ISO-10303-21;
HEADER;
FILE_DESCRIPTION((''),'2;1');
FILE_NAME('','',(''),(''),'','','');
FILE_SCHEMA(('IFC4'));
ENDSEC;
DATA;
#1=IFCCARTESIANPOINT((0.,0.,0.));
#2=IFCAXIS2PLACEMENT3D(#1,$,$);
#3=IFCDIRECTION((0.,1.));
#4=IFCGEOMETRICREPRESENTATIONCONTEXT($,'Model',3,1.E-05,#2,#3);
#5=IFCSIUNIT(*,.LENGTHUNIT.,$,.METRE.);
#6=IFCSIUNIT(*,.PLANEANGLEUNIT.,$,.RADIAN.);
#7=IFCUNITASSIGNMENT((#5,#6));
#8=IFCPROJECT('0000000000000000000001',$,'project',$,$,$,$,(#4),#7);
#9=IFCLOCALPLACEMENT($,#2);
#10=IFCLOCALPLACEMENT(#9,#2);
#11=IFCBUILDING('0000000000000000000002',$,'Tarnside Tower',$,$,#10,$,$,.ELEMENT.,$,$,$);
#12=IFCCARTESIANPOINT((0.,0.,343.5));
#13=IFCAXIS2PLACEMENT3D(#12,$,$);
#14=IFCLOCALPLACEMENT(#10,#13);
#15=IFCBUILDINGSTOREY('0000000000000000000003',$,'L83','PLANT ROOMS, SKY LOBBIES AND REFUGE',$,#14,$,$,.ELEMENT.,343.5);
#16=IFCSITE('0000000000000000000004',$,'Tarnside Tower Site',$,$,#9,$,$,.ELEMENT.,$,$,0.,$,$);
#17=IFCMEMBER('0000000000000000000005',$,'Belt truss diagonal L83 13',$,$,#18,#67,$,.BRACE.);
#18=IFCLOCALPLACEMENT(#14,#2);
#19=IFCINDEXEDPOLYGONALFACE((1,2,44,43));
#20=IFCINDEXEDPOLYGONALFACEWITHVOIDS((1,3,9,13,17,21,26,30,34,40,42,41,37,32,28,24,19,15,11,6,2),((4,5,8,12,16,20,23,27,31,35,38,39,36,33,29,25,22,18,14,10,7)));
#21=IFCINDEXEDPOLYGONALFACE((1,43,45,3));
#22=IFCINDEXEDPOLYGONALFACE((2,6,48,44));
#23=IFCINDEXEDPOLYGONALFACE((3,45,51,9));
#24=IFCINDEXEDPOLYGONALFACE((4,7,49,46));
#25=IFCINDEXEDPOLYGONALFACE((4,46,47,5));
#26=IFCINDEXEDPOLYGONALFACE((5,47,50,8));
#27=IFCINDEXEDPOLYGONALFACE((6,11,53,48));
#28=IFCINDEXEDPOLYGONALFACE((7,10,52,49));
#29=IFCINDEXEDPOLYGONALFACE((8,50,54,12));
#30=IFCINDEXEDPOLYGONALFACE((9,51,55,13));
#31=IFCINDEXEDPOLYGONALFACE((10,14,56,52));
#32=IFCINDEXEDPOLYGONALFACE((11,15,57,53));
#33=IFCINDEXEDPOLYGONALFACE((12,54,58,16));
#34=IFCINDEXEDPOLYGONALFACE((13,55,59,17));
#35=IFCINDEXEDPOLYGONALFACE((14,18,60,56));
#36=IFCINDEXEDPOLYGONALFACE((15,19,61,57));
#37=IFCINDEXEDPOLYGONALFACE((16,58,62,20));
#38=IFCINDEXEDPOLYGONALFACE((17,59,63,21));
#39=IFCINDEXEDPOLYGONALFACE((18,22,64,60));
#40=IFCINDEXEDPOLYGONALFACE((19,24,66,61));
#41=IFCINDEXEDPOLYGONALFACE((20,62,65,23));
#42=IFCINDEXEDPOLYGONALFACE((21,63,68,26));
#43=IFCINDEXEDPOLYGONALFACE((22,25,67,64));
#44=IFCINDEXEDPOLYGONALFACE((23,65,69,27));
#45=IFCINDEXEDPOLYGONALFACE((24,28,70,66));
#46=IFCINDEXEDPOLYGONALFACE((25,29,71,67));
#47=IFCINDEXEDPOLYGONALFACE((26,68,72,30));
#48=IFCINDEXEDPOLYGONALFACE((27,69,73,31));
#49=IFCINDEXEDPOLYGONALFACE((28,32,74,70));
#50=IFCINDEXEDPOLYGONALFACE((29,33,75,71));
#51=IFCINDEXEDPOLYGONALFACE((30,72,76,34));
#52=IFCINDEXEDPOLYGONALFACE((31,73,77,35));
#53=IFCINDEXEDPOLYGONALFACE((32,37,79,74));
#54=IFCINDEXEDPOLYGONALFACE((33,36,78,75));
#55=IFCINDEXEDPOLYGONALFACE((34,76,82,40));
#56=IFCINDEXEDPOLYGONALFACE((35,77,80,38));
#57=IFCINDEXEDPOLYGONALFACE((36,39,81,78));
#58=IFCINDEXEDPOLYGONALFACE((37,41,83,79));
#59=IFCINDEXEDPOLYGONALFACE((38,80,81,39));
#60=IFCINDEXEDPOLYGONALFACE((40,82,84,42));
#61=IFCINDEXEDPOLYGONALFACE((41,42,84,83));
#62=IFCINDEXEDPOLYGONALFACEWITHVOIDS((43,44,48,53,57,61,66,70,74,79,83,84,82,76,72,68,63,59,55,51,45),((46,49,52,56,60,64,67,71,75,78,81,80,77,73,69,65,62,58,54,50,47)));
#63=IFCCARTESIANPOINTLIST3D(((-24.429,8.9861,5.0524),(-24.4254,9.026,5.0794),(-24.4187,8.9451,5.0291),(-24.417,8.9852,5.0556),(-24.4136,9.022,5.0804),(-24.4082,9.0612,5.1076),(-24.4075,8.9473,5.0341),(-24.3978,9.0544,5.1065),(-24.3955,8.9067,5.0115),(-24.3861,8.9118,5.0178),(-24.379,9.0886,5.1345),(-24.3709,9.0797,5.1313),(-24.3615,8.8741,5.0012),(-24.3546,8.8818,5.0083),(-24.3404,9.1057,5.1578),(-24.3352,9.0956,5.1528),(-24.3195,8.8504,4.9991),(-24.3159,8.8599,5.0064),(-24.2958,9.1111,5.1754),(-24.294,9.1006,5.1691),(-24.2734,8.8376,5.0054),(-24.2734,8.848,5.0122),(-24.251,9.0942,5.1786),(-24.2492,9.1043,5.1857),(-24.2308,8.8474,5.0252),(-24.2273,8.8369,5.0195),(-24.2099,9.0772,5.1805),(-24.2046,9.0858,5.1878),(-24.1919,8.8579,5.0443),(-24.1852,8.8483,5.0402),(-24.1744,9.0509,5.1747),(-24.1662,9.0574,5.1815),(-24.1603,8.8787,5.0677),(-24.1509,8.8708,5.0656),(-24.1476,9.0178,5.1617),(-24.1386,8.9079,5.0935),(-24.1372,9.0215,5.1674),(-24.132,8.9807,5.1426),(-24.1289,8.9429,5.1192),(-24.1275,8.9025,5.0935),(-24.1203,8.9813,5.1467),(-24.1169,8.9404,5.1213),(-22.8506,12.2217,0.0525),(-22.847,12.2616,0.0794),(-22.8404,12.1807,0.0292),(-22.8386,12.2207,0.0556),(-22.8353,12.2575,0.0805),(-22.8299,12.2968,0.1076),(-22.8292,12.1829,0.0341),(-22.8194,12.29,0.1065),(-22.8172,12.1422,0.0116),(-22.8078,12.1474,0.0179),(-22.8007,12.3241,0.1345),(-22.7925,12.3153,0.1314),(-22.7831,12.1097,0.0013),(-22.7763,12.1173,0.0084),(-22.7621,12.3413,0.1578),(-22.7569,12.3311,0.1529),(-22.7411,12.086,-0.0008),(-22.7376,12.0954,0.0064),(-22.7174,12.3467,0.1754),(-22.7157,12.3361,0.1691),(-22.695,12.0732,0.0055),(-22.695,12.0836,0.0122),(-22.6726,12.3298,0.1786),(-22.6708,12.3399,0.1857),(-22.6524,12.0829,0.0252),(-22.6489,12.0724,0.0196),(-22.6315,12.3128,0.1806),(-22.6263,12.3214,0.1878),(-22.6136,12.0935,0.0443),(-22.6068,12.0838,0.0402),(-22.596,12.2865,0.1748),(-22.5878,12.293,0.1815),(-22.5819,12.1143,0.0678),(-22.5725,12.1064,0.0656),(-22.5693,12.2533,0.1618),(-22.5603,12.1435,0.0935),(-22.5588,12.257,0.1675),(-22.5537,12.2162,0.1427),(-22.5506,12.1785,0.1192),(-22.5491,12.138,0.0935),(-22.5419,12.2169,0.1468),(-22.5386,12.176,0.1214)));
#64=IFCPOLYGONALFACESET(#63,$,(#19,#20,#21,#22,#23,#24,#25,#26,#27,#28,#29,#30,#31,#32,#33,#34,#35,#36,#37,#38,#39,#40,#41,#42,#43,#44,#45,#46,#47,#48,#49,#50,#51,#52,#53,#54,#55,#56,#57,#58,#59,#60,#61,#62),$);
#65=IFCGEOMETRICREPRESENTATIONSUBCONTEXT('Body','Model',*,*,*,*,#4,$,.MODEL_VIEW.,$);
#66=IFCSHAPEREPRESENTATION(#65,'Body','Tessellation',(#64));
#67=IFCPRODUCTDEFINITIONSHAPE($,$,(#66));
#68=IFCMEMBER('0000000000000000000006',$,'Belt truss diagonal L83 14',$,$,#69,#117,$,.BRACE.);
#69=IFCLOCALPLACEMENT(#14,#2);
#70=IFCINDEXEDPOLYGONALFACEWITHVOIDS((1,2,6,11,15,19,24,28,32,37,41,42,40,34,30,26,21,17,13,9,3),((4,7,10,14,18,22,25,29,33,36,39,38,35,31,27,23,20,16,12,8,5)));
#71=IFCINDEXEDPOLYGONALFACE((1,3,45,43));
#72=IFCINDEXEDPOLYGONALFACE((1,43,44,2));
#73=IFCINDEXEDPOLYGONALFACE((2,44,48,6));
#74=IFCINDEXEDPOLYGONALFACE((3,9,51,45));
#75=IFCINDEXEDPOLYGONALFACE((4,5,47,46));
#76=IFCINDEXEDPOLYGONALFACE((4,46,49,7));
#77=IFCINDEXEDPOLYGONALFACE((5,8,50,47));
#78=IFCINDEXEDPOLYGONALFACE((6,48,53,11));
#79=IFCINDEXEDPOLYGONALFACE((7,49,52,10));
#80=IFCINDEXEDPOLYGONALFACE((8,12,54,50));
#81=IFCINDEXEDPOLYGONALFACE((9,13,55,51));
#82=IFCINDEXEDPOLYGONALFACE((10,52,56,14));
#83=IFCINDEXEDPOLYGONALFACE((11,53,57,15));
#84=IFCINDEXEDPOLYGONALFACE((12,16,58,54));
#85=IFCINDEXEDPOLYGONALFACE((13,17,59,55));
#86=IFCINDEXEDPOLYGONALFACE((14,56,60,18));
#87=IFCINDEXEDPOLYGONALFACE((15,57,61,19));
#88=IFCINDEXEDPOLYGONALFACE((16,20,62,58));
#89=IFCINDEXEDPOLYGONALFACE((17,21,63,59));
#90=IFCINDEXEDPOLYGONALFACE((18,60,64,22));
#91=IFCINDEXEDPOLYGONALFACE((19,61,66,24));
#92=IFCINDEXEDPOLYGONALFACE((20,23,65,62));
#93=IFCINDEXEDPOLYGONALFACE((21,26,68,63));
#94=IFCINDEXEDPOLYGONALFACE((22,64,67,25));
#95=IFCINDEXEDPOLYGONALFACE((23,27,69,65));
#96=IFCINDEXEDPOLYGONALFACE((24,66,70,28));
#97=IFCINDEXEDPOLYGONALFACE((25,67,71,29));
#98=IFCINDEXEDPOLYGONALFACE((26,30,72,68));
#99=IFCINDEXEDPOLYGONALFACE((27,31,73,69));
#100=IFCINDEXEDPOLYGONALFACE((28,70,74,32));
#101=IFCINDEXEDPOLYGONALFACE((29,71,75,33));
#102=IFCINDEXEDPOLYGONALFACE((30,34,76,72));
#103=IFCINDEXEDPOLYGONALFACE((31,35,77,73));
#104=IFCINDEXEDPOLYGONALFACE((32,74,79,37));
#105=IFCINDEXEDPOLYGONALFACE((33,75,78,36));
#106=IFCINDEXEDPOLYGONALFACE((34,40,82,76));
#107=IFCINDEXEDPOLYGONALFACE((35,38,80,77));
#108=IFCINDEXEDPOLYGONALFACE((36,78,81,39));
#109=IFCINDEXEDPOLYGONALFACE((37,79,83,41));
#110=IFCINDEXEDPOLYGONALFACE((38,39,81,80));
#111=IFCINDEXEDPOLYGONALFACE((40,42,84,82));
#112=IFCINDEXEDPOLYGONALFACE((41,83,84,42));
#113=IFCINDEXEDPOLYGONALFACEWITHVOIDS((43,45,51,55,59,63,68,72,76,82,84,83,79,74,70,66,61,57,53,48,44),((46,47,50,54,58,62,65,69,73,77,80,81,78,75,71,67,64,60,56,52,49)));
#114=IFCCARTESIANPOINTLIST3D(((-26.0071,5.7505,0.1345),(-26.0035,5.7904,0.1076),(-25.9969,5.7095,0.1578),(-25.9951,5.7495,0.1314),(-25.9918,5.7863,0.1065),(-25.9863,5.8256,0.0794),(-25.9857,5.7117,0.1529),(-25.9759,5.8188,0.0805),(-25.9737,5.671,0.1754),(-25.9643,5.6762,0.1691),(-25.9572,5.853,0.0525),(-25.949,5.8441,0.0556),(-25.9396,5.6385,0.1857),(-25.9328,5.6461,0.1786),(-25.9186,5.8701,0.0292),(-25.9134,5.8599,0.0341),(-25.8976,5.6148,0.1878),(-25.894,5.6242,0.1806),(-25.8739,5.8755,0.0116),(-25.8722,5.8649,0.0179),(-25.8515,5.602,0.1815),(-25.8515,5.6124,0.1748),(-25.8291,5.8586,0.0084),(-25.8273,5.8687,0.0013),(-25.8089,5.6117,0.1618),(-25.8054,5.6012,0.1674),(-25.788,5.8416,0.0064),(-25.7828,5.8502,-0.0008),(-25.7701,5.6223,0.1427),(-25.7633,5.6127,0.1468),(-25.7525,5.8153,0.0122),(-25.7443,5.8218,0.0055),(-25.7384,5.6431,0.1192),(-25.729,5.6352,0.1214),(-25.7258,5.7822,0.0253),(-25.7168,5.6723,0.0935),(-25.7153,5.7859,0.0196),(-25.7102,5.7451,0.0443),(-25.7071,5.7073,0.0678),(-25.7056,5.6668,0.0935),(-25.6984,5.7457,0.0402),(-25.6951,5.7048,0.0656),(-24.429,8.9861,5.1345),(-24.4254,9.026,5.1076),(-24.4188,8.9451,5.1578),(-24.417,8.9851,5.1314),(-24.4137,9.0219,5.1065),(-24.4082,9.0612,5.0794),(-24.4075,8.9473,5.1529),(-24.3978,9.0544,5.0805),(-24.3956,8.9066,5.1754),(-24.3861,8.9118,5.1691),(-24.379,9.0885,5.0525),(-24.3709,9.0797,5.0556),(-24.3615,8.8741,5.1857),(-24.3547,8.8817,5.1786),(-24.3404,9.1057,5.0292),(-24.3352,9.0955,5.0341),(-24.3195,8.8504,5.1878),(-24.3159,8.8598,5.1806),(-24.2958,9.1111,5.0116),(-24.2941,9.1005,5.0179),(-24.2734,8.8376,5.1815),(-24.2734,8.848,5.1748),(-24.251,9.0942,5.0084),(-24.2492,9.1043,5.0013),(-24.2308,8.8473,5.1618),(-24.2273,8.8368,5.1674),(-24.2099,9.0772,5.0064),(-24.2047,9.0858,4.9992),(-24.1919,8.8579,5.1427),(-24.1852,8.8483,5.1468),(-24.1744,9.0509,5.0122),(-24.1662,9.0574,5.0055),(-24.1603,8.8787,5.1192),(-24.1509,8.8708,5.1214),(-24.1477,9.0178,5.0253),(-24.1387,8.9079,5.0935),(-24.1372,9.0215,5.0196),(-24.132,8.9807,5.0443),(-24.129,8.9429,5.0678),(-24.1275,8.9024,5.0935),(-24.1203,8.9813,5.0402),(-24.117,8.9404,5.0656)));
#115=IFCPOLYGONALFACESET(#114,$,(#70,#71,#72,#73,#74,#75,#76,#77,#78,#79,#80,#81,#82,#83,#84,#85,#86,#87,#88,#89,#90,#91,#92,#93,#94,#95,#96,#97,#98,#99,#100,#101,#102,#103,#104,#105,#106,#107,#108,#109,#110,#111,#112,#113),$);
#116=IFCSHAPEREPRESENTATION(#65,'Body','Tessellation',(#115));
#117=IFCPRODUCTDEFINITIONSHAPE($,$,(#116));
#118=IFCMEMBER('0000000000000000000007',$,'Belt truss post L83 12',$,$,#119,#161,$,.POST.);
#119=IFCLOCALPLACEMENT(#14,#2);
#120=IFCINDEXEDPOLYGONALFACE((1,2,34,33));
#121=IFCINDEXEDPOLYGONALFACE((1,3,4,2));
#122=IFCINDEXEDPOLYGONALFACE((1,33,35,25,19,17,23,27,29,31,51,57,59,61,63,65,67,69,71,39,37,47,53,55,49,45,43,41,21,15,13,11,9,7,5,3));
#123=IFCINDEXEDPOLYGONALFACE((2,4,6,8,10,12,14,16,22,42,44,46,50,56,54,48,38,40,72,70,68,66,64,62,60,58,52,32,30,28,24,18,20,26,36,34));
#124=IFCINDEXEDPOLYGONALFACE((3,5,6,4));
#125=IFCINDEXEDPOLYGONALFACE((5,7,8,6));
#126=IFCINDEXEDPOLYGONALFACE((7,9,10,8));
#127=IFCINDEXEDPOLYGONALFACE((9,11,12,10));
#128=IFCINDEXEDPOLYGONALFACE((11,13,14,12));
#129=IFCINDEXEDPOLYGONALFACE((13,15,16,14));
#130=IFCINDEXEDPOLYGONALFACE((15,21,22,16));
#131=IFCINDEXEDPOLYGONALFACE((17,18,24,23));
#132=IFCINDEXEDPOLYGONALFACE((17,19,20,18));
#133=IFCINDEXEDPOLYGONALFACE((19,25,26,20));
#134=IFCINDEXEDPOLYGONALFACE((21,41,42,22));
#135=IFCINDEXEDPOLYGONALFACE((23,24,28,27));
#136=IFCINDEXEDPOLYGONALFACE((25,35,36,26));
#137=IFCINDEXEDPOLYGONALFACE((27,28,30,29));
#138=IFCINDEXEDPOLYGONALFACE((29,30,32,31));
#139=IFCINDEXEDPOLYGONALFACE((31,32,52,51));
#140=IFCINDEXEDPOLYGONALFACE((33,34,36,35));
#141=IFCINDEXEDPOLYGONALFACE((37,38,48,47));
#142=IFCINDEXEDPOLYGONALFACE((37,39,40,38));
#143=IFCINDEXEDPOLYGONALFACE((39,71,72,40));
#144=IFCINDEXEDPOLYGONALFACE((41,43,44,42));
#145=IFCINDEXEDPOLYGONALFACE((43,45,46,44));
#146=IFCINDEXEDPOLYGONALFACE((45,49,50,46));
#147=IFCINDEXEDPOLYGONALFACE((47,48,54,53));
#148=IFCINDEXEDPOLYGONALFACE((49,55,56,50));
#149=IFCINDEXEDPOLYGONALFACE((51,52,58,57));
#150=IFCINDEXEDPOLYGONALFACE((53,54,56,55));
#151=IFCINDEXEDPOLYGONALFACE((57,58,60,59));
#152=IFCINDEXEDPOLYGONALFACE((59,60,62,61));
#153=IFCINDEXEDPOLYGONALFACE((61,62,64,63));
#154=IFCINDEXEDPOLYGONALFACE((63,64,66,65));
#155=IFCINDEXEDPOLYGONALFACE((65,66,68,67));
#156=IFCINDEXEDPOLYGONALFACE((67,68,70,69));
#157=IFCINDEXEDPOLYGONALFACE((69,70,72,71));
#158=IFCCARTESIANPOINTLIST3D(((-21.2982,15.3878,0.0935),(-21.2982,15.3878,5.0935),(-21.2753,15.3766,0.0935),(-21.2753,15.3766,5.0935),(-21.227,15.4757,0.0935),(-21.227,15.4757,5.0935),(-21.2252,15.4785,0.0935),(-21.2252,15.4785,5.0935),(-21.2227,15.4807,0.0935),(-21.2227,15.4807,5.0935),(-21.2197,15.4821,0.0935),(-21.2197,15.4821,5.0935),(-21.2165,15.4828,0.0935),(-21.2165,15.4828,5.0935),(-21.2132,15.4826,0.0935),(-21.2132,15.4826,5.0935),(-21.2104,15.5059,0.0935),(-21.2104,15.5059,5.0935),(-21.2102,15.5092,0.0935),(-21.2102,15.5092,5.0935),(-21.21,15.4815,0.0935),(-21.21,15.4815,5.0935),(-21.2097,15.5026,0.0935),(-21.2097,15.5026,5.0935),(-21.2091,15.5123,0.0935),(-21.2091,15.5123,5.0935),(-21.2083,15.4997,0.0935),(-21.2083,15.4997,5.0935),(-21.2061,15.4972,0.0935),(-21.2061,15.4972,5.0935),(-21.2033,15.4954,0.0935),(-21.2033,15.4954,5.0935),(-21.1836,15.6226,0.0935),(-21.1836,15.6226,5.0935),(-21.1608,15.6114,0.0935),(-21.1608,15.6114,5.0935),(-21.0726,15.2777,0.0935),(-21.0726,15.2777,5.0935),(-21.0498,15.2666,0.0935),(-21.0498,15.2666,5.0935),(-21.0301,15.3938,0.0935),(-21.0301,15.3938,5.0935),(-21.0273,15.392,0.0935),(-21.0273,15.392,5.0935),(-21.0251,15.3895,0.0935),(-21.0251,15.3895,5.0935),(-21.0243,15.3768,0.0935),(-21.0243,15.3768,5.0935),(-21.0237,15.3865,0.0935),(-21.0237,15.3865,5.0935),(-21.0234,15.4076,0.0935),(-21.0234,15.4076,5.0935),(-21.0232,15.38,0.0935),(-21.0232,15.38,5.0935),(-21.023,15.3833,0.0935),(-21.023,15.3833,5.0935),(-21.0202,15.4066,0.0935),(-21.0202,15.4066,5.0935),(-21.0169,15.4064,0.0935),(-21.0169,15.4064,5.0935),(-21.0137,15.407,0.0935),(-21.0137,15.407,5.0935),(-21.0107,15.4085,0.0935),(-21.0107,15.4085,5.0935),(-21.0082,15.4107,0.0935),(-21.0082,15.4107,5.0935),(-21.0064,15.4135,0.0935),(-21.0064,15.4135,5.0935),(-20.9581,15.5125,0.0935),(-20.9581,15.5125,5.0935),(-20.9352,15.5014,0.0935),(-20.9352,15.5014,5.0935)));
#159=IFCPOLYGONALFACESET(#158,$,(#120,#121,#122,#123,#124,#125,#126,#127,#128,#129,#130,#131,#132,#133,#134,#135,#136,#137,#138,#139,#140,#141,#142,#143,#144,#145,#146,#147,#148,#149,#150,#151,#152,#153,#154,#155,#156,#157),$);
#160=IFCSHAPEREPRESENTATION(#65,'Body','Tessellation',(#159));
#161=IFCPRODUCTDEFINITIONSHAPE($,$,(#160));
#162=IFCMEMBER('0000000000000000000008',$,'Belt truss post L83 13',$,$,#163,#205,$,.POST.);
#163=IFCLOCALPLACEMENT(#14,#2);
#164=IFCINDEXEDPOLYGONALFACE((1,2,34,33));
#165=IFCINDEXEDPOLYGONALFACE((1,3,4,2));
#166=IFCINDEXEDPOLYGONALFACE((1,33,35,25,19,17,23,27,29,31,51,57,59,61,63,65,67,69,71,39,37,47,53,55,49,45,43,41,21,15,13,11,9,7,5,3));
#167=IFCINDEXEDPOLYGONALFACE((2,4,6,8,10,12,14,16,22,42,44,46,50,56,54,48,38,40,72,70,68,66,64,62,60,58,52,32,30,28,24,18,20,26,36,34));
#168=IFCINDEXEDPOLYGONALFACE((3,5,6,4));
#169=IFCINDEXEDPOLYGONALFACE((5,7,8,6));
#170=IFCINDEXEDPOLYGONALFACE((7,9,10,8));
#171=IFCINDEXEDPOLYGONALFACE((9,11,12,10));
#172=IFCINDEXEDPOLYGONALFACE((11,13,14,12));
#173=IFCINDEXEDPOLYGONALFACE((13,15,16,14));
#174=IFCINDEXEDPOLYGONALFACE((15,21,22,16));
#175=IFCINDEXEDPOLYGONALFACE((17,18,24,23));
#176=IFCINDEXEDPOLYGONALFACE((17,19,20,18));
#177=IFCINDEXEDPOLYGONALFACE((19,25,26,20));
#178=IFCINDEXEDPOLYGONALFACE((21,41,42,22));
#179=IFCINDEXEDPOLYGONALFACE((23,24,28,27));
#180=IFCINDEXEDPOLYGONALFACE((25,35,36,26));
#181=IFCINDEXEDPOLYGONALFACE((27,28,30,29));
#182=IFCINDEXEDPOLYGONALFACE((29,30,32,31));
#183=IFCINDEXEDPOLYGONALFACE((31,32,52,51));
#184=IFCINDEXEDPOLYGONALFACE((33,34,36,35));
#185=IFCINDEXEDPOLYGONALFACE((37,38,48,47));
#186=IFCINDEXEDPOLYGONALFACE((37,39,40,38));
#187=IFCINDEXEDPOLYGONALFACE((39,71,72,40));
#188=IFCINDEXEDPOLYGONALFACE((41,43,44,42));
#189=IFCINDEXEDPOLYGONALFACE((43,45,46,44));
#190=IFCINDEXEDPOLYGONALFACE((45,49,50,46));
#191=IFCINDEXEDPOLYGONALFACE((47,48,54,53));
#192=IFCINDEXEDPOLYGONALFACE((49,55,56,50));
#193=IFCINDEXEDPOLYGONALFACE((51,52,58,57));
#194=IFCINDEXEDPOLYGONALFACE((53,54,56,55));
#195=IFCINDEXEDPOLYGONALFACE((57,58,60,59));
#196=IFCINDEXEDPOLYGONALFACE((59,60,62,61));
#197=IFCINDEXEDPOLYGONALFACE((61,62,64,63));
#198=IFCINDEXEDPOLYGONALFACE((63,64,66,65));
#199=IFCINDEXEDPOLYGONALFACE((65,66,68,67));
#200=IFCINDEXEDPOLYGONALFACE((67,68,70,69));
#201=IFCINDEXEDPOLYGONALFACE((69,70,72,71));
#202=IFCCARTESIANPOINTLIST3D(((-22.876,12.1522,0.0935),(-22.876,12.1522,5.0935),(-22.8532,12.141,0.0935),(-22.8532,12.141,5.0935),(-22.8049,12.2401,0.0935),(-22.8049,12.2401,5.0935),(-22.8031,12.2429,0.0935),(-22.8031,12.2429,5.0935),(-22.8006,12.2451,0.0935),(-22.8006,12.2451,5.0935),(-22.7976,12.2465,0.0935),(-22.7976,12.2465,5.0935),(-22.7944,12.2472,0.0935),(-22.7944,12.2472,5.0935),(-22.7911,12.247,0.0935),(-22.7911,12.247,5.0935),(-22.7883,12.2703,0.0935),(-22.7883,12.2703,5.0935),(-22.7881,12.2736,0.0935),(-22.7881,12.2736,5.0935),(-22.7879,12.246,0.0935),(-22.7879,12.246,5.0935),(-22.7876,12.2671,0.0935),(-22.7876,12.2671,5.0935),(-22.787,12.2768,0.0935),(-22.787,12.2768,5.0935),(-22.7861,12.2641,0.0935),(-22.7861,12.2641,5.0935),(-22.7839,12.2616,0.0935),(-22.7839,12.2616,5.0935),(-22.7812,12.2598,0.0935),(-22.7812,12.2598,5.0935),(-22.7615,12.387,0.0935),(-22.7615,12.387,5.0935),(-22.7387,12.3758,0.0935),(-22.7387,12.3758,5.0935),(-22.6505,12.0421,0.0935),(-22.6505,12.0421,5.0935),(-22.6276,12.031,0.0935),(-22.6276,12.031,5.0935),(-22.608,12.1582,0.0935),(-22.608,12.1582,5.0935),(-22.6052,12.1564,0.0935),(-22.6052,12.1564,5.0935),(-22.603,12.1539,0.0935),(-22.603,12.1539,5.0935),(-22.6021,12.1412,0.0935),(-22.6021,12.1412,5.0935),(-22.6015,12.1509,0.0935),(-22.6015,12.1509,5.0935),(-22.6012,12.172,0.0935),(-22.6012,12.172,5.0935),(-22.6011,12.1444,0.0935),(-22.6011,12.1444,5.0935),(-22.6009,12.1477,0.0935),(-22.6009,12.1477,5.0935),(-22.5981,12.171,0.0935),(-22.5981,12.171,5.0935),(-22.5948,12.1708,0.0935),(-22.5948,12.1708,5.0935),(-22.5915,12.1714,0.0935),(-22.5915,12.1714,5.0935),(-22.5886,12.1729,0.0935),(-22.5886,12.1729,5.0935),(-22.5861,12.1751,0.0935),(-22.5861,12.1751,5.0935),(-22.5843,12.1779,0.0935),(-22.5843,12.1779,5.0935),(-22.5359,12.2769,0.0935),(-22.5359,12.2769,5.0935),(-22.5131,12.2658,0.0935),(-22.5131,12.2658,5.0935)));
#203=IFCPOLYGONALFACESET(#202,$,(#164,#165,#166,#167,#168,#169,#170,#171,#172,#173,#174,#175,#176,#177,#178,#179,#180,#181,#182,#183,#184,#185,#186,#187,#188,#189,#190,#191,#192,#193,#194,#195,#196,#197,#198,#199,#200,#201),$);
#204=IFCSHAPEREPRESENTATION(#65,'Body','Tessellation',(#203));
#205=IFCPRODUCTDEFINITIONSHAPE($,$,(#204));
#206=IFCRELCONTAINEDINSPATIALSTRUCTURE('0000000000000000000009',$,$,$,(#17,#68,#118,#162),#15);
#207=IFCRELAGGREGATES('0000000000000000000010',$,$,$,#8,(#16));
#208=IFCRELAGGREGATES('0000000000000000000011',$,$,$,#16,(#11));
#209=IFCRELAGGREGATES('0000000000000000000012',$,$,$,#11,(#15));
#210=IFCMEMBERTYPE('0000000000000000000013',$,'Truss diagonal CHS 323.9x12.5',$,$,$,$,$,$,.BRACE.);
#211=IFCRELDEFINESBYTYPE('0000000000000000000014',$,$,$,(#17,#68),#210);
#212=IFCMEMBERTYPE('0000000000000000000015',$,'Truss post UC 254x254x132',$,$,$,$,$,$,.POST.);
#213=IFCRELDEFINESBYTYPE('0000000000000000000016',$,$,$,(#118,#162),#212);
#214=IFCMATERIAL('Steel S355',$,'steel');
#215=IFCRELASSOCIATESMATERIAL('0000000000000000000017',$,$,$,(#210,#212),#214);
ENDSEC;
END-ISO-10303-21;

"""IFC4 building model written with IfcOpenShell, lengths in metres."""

from ifc_helpers import new_model, si_unit, direction, frame, origin, origin_2d, place, context, subcontext, project, spatial, hollow_circle, i_section, extrude, material, material_profile, profile_set, type_object, element, save


model = new_model("IFC4")

# Units and contexts
model_context = context("Model", 3, precision=1e-05, world=origin(), true_north=direction((0.0, 1.0)))
body_context = subcontext(model_context, "Body", "Model", "MODEL_VIEW")
ifc_project = project(units=[si_unit("LENGTHUNIT", "METRE"), si_unit("PLANEANGLEUNIT", "RADIAN")], contexts=[model_context])

# Site, building, storey
site_placement = place(None, origin())
site = spatial("IfcSite", under=ifc_project, at=site_placement, Name="Tarnside Tower Site", CompositionType="ELEMENT", RefElevation=0.0)
building_placement = place(site_placement, origin())
building = spatial("IfcBuilding", under=site, at=building_placement, Name="Tarnside Tower", CompositionType="ELEMENT")
storey_placement = place(building_placement, frame((0.0, 0.0, 343.5)))
storey = spatial("IfcBuildingStorey", under=building, at=storey_placement, Name="L83", Description="PLANT ROOMS, SKY LOBBIES AND REFUGE", CompositionType="ELEMENT", Elevation=343.5)

# Shared definitions
ifc_material_1 = material(Name="Steel S355", Category="steel")

# Members
ifc_material_profile_1 = material_profile(ifc_material_1, hollow_circle(Radius=0.1619, WallThickness=0.0125, at=origin_2d()), Name="CHS 323.9x12.5")
ifc_profile_set_1 = profile_set([ifc_material_profile_1], Name="Steel S355")
member_type_1 = type_object("IfcMemberType", Name="Truss diagonal CHS 323.9x12.5", PredefinedType="BRACE", material=ifc_profile_set_1)
for number, where, z_axis, x_axis, name in (
    (1, (-22.6946, 12.209, 0.0935), (-0.256179, -0.525157, 0.811531), (0.898765, -0.43843, 0.0), "Belt truss diagonal L83 13"),
    (2, (-24.2729, 8.9734, 5.0935), (-0.256142, -0.525162, -0.811539), (0.898792, -0.438376, 0.0), "Belt truss diagonal L83 14"),
):
    element("IfcMember", number, at=place(storey_placement, frame(where, z_axis=z_axis, x_axis=x_axis)), inside=storey, type_object=member_type_1, Name=name, PredefinedType="BRACE", context=body_context, shape_type="SweptSolid", body=[
        extrude(hollow_circle(Radius=0.1619, WallThickness=0.0125, at=origin_2d()), origin(), (0.0, 0.0, 1.0), 6.1611),
    ])
ifc_material_profile_2 = material_profile(ifc_material_1, i_section(OverallWidth=0.2612, OverallDepth=0.2764, WebThickness=0.0154, FlangeThickness=0.0254, FilletRadius=0.0127, at=origin_2d()), Name="UC 254x254x132")
ifc_profile_set_2 = profile_set([ifc_material_profile_2], Name="Steel S355")
member_type_2 = type_object("IfcMemberType", Name="Truss post UC 254x254x132", PredefinedType="POST", material=ifc_profile_set_2)
for number, where, z_axis, x_axis, name in (
    (3, (-21.1167, 15.4446, 0.0935), (0.0, 0.0, 1.0), (-0.438371, -0.898794, 0.0), "Belt truss post L83 12"),
    (4, (-22.6946, 12.209, 0.0935), (0.0, 0.0, 1.0), (-0.438371, -0.898794, 0.0), "Belt truss post L83 13"),
):
    element("IfcMember", number, at=place(storey_placement, frame(where, z_axis=z_axis, x_axis=x_axis)), inside=storey, type_object=member_type_2, Name=name, PredefinedType="POST", context=body_context, shape_type="SweptSolid", body=[
        extrude(i_section(OverallWidth=0.2612, OverallDepth=0.2764, WebThickness=0.0154, FlangeThickness=0.0254, FilletRadius=0.0127, at=origin_2d()), origin(), (0.0, 0.0, 1.0), 5.0),
    ])

save(model, "model.ifc")
